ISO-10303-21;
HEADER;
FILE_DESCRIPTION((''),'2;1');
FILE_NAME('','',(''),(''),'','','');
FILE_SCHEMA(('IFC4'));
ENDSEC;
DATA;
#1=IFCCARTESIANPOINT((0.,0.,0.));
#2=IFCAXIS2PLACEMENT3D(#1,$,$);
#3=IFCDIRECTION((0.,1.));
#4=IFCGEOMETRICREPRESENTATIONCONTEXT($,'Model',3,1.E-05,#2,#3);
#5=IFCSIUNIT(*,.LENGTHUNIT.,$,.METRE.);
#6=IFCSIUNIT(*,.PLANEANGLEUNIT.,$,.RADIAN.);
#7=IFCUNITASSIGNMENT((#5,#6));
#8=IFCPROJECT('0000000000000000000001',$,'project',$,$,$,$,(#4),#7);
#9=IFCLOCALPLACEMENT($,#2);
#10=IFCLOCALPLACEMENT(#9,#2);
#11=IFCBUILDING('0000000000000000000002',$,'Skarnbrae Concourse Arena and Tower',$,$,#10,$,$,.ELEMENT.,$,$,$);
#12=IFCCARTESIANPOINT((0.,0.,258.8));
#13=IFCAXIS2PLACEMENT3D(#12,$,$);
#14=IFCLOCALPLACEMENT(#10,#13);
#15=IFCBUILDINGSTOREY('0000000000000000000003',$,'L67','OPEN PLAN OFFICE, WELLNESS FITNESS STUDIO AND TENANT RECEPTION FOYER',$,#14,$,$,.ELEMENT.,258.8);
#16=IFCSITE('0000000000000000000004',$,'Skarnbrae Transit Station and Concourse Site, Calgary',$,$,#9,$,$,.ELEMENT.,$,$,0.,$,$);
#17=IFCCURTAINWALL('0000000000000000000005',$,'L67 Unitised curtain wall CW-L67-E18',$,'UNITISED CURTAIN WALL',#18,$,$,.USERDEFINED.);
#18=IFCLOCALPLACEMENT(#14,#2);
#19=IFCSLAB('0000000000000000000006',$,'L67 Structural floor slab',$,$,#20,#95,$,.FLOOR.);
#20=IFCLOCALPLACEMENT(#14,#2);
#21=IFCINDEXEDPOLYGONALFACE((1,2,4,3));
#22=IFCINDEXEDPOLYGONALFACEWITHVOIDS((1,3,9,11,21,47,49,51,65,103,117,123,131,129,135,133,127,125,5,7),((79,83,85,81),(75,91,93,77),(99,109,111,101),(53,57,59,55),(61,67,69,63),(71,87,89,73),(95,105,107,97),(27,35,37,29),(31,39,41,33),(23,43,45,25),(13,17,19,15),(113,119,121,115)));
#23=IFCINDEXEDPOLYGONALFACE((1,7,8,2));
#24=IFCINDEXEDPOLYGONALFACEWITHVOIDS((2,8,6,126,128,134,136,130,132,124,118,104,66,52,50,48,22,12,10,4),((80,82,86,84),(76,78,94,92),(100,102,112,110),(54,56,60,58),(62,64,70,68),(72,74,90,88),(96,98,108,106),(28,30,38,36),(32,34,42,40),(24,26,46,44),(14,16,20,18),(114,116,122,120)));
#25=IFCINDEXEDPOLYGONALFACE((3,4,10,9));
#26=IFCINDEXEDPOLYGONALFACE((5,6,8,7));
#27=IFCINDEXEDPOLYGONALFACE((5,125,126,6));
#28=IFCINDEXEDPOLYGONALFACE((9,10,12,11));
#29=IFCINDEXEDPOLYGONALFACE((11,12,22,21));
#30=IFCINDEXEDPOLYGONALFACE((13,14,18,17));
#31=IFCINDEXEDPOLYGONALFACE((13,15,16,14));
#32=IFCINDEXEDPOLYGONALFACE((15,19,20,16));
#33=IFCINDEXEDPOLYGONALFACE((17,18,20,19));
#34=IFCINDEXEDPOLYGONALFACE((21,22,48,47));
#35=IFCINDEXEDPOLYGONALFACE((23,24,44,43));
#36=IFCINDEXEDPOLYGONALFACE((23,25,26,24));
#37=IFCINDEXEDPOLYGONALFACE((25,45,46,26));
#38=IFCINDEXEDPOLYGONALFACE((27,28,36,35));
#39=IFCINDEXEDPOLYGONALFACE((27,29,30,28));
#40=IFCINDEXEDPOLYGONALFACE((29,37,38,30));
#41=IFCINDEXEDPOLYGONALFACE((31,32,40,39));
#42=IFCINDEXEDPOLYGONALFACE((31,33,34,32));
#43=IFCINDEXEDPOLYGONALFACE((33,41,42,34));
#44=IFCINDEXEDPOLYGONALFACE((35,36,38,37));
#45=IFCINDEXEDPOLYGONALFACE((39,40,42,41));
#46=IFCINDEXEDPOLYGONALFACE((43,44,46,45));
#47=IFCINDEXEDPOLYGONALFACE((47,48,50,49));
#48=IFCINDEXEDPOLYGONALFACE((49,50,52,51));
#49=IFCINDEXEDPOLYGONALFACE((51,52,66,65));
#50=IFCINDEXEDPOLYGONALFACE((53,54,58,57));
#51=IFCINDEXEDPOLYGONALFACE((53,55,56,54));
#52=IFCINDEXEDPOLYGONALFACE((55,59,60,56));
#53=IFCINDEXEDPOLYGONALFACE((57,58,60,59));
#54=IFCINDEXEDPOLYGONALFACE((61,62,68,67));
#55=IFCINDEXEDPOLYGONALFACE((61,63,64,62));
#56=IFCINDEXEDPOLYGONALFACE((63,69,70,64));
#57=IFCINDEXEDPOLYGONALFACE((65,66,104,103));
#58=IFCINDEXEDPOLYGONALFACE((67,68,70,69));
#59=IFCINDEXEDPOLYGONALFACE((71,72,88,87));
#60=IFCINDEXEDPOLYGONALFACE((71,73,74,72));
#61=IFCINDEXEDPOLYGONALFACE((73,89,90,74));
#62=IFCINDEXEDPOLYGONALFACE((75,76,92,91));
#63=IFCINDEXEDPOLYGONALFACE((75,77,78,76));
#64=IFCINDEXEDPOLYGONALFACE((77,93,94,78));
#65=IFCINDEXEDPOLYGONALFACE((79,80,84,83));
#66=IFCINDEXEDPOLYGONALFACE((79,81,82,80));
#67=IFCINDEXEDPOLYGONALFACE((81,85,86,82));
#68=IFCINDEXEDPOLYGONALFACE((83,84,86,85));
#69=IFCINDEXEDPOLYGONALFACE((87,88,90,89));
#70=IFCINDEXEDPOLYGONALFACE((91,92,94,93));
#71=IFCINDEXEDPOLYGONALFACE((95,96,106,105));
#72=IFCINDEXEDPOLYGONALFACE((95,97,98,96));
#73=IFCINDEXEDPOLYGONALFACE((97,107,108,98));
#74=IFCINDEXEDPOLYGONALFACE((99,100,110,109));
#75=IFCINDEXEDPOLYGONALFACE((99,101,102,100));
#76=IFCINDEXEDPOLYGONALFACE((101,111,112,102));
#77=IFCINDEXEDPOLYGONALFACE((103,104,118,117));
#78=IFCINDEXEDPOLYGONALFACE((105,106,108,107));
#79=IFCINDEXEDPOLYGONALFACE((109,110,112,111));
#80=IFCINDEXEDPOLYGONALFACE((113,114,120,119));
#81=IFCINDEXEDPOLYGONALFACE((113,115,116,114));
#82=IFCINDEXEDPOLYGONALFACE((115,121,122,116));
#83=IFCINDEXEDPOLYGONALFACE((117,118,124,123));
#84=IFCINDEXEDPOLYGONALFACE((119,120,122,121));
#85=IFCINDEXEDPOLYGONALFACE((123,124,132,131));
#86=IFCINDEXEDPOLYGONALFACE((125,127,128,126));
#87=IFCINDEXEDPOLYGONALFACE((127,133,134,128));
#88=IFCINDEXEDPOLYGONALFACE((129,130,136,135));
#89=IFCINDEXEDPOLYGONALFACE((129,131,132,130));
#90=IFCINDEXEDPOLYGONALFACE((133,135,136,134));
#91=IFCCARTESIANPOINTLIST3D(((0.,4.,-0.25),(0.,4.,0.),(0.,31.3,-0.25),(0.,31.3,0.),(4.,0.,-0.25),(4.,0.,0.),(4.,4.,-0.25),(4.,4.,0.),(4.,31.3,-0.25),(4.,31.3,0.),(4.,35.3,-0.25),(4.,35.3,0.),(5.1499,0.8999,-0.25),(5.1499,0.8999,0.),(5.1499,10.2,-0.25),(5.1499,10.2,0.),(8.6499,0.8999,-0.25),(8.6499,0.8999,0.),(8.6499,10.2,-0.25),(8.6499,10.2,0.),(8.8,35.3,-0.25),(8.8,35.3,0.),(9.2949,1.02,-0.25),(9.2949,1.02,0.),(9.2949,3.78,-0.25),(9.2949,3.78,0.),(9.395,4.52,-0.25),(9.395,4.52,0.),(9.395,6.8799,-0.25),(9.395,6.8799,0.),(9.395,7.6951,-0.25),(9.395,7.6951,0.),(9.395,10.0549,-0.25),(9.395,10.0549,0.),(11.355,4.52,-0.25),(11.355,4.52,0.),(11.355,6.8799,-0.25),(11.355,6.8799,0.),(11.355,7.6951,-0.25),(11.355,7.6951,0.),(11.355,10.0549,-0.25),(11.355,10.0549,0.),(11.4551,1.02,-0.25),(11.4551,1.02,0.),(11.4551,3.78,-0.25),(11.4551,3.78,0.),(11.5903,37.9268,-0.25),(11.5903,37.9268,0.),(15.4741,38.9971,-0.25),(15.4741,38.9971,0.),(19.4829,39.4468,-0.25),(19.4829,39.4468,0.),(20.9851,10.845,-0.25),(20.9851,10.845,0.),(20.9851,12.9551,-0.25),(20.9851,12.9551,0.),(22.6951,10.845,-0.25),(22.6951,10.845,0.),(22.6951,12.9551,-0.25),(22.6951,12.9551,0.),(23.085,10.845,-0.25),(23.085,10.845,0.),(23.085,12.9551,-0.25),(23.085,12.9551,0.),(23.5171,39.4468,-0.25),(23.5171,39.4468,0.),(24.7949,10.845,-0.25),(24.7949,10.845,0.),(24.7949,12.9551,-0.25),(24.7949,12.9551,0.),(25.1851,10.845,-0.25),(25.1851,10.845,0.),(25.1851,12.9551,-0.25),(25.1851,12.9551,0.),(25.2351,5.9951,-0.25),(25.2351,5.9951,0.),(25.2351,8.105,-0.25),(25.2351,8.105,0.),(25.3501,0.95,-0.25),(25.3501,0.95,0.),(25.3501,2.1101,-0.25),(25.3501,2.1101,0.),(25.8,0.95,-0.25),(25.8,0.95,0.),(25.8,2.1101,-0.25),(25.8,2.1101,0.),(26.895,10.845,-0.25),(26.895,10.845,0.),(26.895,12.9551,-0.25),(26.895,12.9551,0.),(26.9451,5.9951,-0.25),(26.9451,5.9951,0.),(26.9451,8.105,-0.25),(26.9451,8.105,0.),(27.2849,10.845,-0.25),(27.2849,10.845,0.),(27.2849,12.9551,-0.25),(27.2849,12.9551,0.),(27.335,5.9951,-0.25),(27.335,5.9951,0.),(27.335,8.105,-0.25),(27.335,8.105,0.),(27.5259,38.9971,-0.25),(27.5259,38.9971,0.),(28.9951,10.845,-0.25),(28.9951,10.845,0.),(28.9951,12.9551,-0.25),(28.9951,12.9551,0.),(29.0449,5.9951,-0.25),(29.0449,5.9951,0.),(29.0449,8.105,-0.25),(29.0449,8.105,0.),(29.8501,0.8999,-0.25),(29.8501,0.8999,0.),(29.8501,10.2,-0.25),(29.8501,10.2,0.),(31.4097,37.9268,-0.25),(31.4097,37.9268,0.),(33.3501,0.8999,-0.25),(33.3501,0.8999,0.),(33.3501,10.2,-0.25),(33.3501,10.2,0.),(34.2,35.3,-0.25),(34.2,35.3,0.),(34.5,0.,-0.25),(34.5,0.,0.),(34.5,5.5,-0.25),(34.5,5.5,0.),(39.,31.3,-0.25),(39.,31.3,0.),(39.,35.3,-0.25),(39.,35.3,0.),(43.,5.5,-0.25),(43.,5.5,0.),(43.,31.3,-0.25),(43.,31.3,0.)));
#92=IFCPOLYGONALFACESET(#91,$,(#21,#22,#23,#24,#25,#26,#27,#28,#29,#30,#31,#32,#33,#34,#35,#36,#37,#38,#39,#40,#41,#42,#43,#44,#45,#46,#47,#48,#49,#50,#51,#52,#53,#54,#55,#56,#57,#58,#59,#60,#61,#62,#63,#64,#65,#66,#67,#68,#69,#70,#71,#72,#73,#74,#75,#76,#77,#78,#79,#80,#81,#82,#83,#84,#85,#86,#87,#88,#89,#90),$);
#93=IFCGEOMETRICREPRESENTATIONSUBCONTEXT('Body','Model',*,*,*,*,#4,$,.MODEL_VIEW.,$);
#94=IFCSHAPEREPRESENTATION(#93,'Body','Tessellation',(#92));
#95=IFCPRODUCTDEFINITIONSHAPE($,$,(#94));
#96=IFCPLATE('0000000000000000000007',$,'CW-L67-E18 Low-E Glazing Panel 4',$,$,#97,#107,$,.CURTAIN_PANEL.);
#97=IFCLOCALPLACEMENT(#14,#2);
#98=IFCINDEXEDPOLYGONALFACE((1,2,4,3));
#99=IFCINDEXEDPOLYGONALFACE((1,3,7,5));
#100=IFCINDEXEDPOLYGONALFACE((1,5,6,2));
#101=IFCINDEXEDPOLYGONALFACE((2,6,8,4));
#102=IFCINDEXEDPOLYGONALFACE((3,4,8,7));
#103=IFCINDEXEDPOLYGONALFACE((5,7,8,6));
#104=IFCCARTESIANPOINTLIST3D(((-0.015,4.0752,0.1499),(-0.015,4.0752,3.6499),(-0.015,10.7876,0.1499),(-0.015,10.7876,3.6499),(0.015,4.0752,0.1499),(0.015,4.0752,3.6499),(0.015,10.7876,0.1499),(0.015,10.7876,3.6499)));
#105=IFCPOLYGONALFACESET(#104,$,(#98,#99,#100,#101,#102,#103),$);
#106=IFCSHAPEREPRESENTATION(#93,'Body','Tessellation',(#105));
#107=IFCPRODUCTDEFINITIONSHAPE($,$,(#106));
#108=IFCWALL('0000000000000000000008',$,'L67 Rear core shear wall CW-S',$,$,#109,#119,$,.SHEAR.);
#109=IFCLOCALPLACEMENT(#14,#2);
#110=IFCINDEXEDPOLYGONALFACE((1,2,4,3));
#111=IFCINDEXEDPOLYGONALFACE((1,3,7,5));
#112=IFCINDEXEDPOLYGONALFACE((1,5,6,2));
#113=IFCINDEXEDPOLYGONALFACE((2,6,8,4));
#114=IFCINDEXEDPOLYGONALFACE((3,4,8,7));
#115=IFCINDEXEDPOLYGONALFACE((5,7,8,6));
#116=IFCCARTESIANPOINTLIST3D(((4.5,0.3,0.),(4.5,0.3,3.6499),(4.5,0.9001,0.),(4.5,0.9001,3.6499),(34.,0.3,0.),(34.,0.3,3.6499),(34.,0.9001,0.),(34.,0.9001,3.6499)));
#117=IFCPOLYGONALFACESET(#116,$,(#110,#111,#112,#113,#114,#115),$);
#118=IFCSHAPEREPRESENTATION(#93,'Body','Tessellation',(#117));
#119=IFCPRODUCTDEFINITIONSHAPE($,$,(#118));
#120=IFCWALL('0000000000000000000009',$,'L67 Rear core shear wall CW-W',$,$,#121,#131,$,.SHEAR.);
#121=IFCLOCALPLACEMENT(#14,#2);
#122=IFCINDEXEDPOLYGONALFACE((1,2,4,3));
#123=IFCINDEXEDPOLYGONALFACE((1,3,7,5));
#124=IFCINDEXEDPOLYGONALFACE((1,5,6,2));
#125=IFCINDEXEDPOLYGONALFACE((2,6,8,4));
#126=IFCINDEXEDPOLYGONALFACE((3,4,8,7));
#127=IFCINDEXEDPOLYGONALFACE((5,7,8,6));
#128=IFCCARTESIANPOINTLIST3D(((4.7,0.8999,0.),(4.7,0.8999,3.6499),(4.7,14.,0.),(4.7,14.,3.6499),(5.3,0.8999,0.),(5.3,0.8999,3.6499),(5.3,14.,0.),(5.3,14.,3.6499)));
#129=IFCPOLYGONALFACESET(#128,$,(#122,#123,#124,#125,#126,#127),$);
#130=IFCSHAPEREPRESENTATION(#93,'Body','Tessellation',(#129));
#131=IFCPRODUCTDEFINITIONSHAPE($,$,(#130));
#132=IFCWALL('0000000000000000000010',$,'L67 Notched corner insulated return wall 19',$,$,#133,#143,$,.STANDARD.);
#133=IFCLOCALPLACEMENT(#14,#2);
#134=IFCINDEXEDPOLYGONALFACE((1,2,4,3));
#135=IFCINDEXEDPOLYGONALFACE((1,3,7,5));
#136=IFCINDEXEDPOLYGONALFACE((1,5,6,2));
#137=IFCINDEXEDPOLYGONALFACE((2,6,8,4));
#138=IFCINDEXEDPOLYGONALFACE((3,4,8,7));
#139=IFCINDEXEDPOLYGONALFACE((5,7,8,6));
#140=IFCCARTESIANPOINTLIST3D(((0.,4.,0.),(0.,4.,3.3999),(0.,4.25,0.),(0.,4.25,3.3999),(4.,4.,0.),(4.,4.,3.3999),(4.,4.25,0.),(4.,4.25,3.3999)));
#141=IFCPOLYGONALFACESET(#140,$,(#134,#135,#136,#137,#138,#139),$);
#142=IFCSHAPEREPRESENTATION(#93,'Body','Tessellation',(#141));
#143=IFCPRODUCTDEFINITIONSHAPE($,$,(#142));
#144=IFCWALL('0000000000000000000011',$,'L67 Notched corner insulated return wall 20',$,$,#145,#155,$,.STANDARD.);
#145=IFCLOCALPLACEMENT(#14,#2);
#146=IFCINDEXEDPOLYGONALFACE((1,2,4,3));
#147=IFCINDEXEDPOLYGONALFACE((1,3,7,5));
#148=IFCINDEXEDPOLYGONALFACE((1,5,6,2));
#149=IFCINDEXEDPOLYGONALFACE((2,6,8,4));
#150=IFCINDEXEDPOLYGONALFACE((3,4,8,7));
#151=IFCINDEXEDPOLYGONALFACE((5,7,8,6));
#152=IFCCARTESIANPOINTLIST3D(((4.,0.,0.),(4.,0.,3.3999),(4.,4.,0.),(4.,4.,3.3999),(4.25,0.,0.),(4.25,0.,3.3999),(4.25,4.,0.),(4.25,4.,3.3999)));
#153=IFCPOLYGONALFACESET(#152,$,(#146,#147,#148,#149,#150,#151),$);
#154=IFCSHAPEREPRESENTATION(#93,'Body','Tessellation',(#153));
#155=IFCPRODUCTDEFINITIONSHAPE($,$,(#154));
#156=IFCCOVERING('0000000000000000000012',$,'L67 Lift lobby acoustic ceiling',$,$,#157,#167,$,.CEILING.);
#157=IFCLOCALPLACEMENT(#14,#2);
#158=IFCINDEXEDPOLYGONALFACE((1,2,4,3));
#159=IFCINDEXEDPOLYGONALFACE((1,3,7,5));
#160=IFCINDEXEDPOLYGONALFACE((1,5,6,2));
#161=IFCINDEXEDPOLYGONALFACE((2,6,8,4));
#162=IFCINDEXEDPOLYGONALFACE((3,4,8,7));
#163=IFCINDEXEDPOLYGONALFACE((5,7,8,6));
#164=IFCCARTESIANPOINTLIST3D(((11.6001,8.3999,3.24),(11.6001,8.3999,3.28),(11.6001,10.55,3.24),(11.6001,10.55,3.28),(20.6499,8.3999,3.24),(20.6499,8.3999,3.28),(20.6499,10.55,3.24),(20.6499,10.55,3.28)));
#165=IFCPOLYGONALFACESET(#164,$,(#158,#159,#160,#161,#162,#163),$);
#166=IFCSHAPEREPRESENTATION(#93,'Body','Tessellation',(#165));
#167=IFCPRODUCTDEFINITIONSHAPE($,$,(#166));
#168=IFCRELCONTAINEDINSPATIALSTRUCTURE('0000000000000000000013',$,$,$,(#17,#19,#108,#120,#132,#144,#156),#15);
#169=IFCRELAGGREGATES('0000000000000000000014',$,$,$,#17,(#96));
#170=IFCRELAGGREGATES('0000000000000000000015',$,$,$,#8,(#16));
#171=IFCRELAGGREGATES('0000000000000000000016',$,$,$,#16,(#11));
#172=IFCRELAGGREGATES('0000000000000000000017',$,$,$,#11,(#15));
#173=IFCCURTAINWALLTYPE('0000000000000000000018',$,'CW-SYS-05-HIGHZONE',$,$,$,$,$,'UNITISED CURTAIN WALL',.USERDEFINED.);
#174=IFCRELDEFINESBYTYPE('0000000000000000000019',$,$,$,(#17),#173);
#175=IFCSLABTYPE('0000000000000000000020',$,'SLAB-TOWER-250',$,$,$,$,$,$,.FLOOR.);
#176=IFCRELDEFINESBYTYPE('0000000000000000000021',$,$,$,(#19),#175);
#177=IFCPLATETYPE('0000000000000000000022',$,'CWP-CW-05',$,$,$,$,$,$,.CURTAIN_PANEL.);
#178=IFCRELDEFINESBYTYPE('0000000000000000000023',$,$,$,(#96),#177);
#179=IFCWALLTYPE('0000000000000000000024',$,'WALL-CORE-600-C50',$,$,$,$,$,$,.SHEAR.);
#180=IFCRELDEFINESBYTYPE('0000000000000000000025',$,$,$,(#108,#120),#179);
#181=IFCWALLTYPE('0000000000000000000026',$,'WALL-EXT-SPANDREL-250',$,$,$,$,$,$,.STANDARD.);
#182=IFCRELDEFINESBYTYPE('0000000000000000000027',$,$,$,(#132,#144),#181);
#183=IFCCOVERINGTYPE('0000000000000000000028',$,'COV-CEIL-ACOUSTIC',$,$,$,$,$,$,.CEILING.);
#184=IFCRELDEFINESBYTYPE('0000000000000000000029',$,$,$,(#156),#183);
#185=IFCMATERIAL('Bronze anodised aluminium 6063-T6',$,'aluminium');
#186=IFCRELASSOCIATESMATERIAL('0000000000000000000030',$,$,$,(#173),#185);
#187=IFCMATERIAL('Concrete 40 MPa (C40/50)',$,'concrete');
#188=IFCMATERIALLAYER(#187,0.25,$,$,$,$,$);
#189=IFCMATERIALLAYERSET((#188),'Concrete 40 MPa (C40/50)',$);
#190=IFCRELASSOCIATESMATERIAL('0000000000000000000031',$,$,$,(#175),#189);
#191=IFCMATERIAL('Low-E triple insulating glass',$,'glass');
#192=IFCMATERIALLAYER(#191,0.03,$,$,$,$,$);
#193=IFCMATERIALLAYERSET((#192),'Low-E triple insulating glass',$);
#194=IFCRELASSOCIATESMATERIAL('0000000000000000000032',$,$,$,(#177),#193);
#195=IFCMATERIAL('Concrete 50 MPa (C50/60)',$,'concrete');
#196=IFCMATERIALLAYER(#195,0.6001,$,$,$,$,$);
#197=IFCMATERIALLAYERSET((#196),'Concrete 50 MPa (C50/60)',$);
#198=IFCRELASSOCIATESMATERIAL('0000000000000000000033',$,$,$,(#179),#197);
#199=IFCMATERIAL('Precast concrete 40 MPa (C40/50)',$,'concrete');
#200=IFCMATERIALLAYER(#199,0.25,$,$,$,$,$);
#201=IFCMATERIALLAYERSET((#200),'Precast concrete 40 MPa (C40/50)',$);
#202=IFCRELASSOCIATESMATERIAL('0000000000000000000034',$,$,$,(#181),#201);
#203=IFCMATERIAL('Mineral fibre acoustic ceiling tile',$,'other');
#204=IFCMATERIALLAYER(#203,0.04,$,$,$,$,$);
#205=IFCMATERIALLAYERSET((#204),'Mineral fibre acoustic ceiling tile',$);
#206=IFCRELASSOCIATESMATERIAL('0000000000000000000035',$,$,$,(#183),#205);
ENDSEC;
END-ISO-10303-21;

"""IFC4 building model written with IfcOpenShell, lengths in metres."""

from ifc_helpers import new_model, si_unit, direction, frame, frame_2d, origin, origin_2d, place, context, subcontext, project, spatial, polyline, rectangle, outline, extrude, source, transform, mapped, material, layer, layer_set, type_object, element, aggregate, save


model = new_model("IFC4")

# Units and contexts
model_context = context("Model", 3, precision=1e-05, world=origin(), true_north=direction((0.0, 1.0)))
body_context = subcontext(model_context, "Body", "Model", "MODEL_VIEW")
ifc_project = project(units=[si_unit("LENGTHUNIT", "METRE"), si_unit("PLANEANGLEUNIT", "RADIAN")], contexts=[model_context])

# Site, building, storey
site_placement = place(None, origin())
site = spatial("IfcSite", under=ifc_project, at=site_placement, Name="Skarnbrae Transit Station and Concourse Site, Calgary", CompositionType="ELEMENT", RefElevation=0.0)
building_placement = place(site_placement, origin())
building = spatial("IfcBuilding", under=site, at=building_placement, Name="Skarnbrae Concourse Arena and Tower", CompositionType="ELEMENT")
storey_placement = place(building_placement, frame((0.0, 0.0, 258.8)))
storey = spatial("IfcBuildingStorey", under=building, at=storey_placement, Name="L67", Description="OPEN PLAN OFFICE, WELLNESS FITNESS STUDIO AND TENANT RECEPTION FOYER", CompositionType="ELEMENT", Elevation=258.8)

# Curtain wall
ifc_material_1 = material(Name="Bronze anodised aluminium 6063-T6", Category="aluminium")
curtain_wall_type = type_object("IfcCurtainWallType", Name="CW-SYS-05-HIGHZONE", ElementType="UNITISED CURTAIN WALL", PredefinedType="USERDEFINED", material=ifc_material_1)
curtain_wall_placement = place(storey_placement, origin())
curtain_wall = element("IfcCurtainWall", 1, at=curtain_wall_placement, inside=storey, type_object=curtain_wall_type, Name="L67 Unitised curtain wall CW-L67-E18", ObjectType="UNITISED CURTAIN WALL", PredefinedType="USERDEFINED")

# Shared definitions
ifc_material_2 = material(Name="Concrete 40 MPa (C40/50)", Category="concrete")

# Slab
ifc_layer_1 = layer(ifc_material_2, 0.25)
ifc_layer_set_1 = layer_set([ifc_layer_1], Name="Concrete 40 MPa (C40/50)")
slab_type_1 = type_object("IfcSlabType", Name="SLAB-TOWER-250", PredefinedType="FLOOR", material=ifc_layer_set_1)
slab_1_placement = place(storey_placement, frame((0.0, 0.0, -0.25)))
element("IfcSlab", 2, at=slab_1_placement, inside=storey, type_object=slab_type_1, Name="L67 Structural floor slab", PredefinedType="FLOOR", context=body_context, shape_type="SweptSolid", body=[
    extrude(outline(polyline([(4.0, 0.0), (34.5, 0.0), (34.5, 5.5), (43.0, 5.5), (43.0, 31.3), (39.0, 31.3), (39.0, 35.3), (34.2, 35.3), (31.4097, 37.9268), (27.5259, 38.9971), (23.5171, 39.4468), (19.4829, 39.4468), (15.4741, 38.9971), (11.5903, 37.9268), (8.8, 35.3), (4.0, 35.3), (4.0, 31.3), (0.0, 31.3), (0.0, 4.0), (4.0, 4.0), (4.0, 0.0)]), holes=[polyline([(9.2949, 1.02), (9.2949, 3.78), (11.4551, 3.78), (11.4551, 1.02), (9.2949, 1.02)]), polyline([(8.6499, 10.2), (8.6499, 0.8999), (5.1499, 0.8999), (5.1499, 10.2), (8.6499, 10.2)]), polyline([(9.395, 6.8799), (11.355, 6.8799), (11.355, 4.52), (9.395, 4.52), (9.395, 6.8799)]), polyline([(9.395, 7.6951), (9.395, 10.0549), (11.355, 10.0549), (11.355, 7.6951), (9.395, 7.6951)]), polyline([(20.9851, 12.9551), (22.6951, 12.9551), (22.6951, 10.845), (20.9851, 10.845), (20.9851, 12.9551)]), polyline([(23.085, 12.9551), (24.7949, 12.9551), (24.7949, 10.845), (23.085, 10.845), (23.085, 12.9551)]), polyline([(25.3501, 0.95), (25.3501, 2.1101), (25.8, 2.1101), (25.8, 0.95), (25.3501, 0.95)]), polyline([(33.3501, 10.2), (33.3501, 0.8999), (29.8501, 0.8999), (29.8501, 10.2), (33.3501, 10.2)]), polyline([(25.2351, 8.105), (26.9451, 8.105), (26.9451, 5.9951), (25.2351, 5.9951), (25.2351, 8.105)]), polyline([(27.335, 5.9951), (27.335, 8.105), (29.0449, 8.105), (29.0449, 5.9951), (27.335, 5.9951)]), polyline([(25.1851, 12.9551), (26.895, 12.9551), (26.895, 10.845), (25.1851, 10.845), (25.1851, 12.9551)]), polyline([(27.2849, 12.9551), (28.9951, 12.9551), (28.9951, 10.845), (27.2849, 10.845), (27.2849, 12.9551)])]), origin(), (0.0, 0.0, 1.0), 0.25),
])

# Plate
ifc_material_3 = material(Name="Low-E triple insulating glass", Category="glass")
ifc_layer_2 = layer(ifc_material_3, 0.03)
ifc_layer_set_2 = layer_set([ifc_layer_2], Name="Low-E triple insulating glass")
plate_type = type_object("IfcPlateType", Name="CWP-CW-05", PredefinedType="CURTAIN_PANEL", material=ifc_layer_set_2)
shared_shape_1 = source(origin(), body_context, "Body", "SweptSolid", [
    extrude(rectangle(XDim=6.7124, YDim=0.03, at=origin_2d()), origin(), (0.0, 0.0, 1.0), 3.5),
])
plate_placement = place(storey_placement, frame((0.0, 7.4314, 0.1499), z_axis=(0.0, 0.0, 1.0), x_axis=(0.0, -1.0, 0.0)))
plate = element("IfcPlate", 3, at=plate_placement, type_object=plate_type, Name="CW-L67-E18 Low-E Glazing Panel 4", PredefinedType="CURTAIN_PANEL", context=body_context, shape_type="MappedRepresentation", body=[
    mapped(shared_shape_1, transform((0.0, 0.0, 0.0))),
])
aggregate(curtain_wall, [plate])

# Shared definitions
ifc_material_4 = material(Name="Concrete 50 MPa (C50/60)", Category="concrete")

# Walls
ifc_layer_3 = layer(ifc_material_4, 0.6001)
ifc_layer_set_3 = layer_set([ifc_layer_3], Name="Concrete 50 MPa (C50/60)")
wall_type_1 = type_object("IfcWallType", Name="WALL-CORE-600-C50", PredefinedType="SHEAR", material=ifc_layer_set_3)
shared_shape_2 = source(origin(), body_context, "Body", "SweptSolid", [
    extrude(rectangle(XDim=29.5, YDim=0.6001, at=frame_2d((14.75, 0.0))), origin(), (0.0, 0.0, 1.0), 3.6499),
])
wall_1_placement = place(storey_placement, frame((4.5, 0.6001, 0.0), z_axis=(0.0, 0.0, 1.0), x_axis=(1.0, 0.0, 0.0)))
element("IfcWall", 4, at=wall_1_placement, inside=storey, type_object=wall_type_1, Name="L67 Rear core shear wall CW-S", PredefinedType="SHEAR", context=body_context, shape_type="MappedRepresentation", body=[
    mapped(shared_shape_2, transform((0.0, 0.0, 0.0))),
])
shared_shape_3 = source(origin(), body_context, "Body", "SweptSolid", [
    extrude(rectangle(XDim=13.1001, YDim=0.6001, at=frame_2d((6.55, 0.0))), origin(), (0.0, 0.0, 1.0), 3.6499),
])
wall_2_placement = place(storey_placement, frame((5.0, 0.8999, 0.0), z_axis=(0.0, 0.0, 1.0), x_axis=(0.0, 1.0, 0.0)))
element("IfcWall", 5, at=wall_2_placement, inside=storey, type_object=wall_type_1, Name="L67 Rear core shear wall CW-W", PredefinedType="SHEAR", context=body_context, shape_type="MappedRepresentation", body=[
    mapped(shared_shape_3, transform((0.0, 0.0, 0.0))),
])
ifc_material_5 = material(Name="Precast concrete 40 MPa (C40/50)", Category="concrete")
ifc_layer_4 = layer(ifc_material_5, 0.25)
ifc_layer_set_4 = layer_set([ifc_layer_4], Name="Precast concrete 40 MPa (C40/50)")
wall_type_2 = type_object("IfcWallType", Name="WALL-EXT-SPANDREL-250", PredefinedType="STANDARD", material=ifc_layer_set_4)
shared_shape_4 = source(origin(), body_context, "Body", "SweptSolid", [
    extrude(rectangle(XDim=4.0, YDim=0.25, at=frame_2d((2.0, 0.0))), origin(), (0.0, 0.0, 1.0), 3.3999),
])
for number, where, z_axis, x_axis, name in (
    (6, (0.0, 4.125, 0.0), (0.0, 0.0, 1.0), (1.0, 0.0, 0.0), "L67 Notched corner insulated return wall 19"),
    (7, (4.125, 4.0, 0.0), (0.0, 0.0, 1.0), (0.0, -1.0, 0.0), "L67 Notched corner insulated return wall 20"),
):
    element("IfcWall", number, at=place(storey_placement, frame(where, z_axis=z_axis, x_axis=x_axis)), inside=storey, type_object=wall_type_2, Name=name, PredefinedType="STANDARD", context=body_context, shape_type="MappedRepresentation", body=[
        mapped(shared_shape_4, transform((0.0, 0.0, 0.0))),
    ])

# Covering
ifc_material_6 = material(Name="Mineral fibre acoustic ceiling tile", Category="other")
ifc_layer_5 = layer(ifc_material_6, 0.04)
ifc_layer_set_5 = layer_set([ifc_layer_5], Name="Mineral fibre acoustic ceiling tile")
covering_type_1 = type_object("IfcCoveringType", Name="COV-CEIL-ACOUSTIC", PredefinedType="CEILING", material=ifc_layer_set_5)
covering_1_placement = place(storey_placement, frame((0.0, 0.0, 3.24)))
element("IfcCovering", 8, at=covering_1_placement, inside=storey, type_object=covering_type_1, Name="L67 Lift lobby acoustic ceiling", PredefinedType="CEILING", context=body_context, shape_type="SweptSolid", body=[
    extrude(outline(polyline([(11.6001, 8.3999), (20.6499, 8.3999), (20.6499, 10.55), (11.6001, 10.55), (11.6001, 8.3999)])), origin(), (0.0, 0.0, 1.0), 0.04),
])

save(model, "model.ifc")
